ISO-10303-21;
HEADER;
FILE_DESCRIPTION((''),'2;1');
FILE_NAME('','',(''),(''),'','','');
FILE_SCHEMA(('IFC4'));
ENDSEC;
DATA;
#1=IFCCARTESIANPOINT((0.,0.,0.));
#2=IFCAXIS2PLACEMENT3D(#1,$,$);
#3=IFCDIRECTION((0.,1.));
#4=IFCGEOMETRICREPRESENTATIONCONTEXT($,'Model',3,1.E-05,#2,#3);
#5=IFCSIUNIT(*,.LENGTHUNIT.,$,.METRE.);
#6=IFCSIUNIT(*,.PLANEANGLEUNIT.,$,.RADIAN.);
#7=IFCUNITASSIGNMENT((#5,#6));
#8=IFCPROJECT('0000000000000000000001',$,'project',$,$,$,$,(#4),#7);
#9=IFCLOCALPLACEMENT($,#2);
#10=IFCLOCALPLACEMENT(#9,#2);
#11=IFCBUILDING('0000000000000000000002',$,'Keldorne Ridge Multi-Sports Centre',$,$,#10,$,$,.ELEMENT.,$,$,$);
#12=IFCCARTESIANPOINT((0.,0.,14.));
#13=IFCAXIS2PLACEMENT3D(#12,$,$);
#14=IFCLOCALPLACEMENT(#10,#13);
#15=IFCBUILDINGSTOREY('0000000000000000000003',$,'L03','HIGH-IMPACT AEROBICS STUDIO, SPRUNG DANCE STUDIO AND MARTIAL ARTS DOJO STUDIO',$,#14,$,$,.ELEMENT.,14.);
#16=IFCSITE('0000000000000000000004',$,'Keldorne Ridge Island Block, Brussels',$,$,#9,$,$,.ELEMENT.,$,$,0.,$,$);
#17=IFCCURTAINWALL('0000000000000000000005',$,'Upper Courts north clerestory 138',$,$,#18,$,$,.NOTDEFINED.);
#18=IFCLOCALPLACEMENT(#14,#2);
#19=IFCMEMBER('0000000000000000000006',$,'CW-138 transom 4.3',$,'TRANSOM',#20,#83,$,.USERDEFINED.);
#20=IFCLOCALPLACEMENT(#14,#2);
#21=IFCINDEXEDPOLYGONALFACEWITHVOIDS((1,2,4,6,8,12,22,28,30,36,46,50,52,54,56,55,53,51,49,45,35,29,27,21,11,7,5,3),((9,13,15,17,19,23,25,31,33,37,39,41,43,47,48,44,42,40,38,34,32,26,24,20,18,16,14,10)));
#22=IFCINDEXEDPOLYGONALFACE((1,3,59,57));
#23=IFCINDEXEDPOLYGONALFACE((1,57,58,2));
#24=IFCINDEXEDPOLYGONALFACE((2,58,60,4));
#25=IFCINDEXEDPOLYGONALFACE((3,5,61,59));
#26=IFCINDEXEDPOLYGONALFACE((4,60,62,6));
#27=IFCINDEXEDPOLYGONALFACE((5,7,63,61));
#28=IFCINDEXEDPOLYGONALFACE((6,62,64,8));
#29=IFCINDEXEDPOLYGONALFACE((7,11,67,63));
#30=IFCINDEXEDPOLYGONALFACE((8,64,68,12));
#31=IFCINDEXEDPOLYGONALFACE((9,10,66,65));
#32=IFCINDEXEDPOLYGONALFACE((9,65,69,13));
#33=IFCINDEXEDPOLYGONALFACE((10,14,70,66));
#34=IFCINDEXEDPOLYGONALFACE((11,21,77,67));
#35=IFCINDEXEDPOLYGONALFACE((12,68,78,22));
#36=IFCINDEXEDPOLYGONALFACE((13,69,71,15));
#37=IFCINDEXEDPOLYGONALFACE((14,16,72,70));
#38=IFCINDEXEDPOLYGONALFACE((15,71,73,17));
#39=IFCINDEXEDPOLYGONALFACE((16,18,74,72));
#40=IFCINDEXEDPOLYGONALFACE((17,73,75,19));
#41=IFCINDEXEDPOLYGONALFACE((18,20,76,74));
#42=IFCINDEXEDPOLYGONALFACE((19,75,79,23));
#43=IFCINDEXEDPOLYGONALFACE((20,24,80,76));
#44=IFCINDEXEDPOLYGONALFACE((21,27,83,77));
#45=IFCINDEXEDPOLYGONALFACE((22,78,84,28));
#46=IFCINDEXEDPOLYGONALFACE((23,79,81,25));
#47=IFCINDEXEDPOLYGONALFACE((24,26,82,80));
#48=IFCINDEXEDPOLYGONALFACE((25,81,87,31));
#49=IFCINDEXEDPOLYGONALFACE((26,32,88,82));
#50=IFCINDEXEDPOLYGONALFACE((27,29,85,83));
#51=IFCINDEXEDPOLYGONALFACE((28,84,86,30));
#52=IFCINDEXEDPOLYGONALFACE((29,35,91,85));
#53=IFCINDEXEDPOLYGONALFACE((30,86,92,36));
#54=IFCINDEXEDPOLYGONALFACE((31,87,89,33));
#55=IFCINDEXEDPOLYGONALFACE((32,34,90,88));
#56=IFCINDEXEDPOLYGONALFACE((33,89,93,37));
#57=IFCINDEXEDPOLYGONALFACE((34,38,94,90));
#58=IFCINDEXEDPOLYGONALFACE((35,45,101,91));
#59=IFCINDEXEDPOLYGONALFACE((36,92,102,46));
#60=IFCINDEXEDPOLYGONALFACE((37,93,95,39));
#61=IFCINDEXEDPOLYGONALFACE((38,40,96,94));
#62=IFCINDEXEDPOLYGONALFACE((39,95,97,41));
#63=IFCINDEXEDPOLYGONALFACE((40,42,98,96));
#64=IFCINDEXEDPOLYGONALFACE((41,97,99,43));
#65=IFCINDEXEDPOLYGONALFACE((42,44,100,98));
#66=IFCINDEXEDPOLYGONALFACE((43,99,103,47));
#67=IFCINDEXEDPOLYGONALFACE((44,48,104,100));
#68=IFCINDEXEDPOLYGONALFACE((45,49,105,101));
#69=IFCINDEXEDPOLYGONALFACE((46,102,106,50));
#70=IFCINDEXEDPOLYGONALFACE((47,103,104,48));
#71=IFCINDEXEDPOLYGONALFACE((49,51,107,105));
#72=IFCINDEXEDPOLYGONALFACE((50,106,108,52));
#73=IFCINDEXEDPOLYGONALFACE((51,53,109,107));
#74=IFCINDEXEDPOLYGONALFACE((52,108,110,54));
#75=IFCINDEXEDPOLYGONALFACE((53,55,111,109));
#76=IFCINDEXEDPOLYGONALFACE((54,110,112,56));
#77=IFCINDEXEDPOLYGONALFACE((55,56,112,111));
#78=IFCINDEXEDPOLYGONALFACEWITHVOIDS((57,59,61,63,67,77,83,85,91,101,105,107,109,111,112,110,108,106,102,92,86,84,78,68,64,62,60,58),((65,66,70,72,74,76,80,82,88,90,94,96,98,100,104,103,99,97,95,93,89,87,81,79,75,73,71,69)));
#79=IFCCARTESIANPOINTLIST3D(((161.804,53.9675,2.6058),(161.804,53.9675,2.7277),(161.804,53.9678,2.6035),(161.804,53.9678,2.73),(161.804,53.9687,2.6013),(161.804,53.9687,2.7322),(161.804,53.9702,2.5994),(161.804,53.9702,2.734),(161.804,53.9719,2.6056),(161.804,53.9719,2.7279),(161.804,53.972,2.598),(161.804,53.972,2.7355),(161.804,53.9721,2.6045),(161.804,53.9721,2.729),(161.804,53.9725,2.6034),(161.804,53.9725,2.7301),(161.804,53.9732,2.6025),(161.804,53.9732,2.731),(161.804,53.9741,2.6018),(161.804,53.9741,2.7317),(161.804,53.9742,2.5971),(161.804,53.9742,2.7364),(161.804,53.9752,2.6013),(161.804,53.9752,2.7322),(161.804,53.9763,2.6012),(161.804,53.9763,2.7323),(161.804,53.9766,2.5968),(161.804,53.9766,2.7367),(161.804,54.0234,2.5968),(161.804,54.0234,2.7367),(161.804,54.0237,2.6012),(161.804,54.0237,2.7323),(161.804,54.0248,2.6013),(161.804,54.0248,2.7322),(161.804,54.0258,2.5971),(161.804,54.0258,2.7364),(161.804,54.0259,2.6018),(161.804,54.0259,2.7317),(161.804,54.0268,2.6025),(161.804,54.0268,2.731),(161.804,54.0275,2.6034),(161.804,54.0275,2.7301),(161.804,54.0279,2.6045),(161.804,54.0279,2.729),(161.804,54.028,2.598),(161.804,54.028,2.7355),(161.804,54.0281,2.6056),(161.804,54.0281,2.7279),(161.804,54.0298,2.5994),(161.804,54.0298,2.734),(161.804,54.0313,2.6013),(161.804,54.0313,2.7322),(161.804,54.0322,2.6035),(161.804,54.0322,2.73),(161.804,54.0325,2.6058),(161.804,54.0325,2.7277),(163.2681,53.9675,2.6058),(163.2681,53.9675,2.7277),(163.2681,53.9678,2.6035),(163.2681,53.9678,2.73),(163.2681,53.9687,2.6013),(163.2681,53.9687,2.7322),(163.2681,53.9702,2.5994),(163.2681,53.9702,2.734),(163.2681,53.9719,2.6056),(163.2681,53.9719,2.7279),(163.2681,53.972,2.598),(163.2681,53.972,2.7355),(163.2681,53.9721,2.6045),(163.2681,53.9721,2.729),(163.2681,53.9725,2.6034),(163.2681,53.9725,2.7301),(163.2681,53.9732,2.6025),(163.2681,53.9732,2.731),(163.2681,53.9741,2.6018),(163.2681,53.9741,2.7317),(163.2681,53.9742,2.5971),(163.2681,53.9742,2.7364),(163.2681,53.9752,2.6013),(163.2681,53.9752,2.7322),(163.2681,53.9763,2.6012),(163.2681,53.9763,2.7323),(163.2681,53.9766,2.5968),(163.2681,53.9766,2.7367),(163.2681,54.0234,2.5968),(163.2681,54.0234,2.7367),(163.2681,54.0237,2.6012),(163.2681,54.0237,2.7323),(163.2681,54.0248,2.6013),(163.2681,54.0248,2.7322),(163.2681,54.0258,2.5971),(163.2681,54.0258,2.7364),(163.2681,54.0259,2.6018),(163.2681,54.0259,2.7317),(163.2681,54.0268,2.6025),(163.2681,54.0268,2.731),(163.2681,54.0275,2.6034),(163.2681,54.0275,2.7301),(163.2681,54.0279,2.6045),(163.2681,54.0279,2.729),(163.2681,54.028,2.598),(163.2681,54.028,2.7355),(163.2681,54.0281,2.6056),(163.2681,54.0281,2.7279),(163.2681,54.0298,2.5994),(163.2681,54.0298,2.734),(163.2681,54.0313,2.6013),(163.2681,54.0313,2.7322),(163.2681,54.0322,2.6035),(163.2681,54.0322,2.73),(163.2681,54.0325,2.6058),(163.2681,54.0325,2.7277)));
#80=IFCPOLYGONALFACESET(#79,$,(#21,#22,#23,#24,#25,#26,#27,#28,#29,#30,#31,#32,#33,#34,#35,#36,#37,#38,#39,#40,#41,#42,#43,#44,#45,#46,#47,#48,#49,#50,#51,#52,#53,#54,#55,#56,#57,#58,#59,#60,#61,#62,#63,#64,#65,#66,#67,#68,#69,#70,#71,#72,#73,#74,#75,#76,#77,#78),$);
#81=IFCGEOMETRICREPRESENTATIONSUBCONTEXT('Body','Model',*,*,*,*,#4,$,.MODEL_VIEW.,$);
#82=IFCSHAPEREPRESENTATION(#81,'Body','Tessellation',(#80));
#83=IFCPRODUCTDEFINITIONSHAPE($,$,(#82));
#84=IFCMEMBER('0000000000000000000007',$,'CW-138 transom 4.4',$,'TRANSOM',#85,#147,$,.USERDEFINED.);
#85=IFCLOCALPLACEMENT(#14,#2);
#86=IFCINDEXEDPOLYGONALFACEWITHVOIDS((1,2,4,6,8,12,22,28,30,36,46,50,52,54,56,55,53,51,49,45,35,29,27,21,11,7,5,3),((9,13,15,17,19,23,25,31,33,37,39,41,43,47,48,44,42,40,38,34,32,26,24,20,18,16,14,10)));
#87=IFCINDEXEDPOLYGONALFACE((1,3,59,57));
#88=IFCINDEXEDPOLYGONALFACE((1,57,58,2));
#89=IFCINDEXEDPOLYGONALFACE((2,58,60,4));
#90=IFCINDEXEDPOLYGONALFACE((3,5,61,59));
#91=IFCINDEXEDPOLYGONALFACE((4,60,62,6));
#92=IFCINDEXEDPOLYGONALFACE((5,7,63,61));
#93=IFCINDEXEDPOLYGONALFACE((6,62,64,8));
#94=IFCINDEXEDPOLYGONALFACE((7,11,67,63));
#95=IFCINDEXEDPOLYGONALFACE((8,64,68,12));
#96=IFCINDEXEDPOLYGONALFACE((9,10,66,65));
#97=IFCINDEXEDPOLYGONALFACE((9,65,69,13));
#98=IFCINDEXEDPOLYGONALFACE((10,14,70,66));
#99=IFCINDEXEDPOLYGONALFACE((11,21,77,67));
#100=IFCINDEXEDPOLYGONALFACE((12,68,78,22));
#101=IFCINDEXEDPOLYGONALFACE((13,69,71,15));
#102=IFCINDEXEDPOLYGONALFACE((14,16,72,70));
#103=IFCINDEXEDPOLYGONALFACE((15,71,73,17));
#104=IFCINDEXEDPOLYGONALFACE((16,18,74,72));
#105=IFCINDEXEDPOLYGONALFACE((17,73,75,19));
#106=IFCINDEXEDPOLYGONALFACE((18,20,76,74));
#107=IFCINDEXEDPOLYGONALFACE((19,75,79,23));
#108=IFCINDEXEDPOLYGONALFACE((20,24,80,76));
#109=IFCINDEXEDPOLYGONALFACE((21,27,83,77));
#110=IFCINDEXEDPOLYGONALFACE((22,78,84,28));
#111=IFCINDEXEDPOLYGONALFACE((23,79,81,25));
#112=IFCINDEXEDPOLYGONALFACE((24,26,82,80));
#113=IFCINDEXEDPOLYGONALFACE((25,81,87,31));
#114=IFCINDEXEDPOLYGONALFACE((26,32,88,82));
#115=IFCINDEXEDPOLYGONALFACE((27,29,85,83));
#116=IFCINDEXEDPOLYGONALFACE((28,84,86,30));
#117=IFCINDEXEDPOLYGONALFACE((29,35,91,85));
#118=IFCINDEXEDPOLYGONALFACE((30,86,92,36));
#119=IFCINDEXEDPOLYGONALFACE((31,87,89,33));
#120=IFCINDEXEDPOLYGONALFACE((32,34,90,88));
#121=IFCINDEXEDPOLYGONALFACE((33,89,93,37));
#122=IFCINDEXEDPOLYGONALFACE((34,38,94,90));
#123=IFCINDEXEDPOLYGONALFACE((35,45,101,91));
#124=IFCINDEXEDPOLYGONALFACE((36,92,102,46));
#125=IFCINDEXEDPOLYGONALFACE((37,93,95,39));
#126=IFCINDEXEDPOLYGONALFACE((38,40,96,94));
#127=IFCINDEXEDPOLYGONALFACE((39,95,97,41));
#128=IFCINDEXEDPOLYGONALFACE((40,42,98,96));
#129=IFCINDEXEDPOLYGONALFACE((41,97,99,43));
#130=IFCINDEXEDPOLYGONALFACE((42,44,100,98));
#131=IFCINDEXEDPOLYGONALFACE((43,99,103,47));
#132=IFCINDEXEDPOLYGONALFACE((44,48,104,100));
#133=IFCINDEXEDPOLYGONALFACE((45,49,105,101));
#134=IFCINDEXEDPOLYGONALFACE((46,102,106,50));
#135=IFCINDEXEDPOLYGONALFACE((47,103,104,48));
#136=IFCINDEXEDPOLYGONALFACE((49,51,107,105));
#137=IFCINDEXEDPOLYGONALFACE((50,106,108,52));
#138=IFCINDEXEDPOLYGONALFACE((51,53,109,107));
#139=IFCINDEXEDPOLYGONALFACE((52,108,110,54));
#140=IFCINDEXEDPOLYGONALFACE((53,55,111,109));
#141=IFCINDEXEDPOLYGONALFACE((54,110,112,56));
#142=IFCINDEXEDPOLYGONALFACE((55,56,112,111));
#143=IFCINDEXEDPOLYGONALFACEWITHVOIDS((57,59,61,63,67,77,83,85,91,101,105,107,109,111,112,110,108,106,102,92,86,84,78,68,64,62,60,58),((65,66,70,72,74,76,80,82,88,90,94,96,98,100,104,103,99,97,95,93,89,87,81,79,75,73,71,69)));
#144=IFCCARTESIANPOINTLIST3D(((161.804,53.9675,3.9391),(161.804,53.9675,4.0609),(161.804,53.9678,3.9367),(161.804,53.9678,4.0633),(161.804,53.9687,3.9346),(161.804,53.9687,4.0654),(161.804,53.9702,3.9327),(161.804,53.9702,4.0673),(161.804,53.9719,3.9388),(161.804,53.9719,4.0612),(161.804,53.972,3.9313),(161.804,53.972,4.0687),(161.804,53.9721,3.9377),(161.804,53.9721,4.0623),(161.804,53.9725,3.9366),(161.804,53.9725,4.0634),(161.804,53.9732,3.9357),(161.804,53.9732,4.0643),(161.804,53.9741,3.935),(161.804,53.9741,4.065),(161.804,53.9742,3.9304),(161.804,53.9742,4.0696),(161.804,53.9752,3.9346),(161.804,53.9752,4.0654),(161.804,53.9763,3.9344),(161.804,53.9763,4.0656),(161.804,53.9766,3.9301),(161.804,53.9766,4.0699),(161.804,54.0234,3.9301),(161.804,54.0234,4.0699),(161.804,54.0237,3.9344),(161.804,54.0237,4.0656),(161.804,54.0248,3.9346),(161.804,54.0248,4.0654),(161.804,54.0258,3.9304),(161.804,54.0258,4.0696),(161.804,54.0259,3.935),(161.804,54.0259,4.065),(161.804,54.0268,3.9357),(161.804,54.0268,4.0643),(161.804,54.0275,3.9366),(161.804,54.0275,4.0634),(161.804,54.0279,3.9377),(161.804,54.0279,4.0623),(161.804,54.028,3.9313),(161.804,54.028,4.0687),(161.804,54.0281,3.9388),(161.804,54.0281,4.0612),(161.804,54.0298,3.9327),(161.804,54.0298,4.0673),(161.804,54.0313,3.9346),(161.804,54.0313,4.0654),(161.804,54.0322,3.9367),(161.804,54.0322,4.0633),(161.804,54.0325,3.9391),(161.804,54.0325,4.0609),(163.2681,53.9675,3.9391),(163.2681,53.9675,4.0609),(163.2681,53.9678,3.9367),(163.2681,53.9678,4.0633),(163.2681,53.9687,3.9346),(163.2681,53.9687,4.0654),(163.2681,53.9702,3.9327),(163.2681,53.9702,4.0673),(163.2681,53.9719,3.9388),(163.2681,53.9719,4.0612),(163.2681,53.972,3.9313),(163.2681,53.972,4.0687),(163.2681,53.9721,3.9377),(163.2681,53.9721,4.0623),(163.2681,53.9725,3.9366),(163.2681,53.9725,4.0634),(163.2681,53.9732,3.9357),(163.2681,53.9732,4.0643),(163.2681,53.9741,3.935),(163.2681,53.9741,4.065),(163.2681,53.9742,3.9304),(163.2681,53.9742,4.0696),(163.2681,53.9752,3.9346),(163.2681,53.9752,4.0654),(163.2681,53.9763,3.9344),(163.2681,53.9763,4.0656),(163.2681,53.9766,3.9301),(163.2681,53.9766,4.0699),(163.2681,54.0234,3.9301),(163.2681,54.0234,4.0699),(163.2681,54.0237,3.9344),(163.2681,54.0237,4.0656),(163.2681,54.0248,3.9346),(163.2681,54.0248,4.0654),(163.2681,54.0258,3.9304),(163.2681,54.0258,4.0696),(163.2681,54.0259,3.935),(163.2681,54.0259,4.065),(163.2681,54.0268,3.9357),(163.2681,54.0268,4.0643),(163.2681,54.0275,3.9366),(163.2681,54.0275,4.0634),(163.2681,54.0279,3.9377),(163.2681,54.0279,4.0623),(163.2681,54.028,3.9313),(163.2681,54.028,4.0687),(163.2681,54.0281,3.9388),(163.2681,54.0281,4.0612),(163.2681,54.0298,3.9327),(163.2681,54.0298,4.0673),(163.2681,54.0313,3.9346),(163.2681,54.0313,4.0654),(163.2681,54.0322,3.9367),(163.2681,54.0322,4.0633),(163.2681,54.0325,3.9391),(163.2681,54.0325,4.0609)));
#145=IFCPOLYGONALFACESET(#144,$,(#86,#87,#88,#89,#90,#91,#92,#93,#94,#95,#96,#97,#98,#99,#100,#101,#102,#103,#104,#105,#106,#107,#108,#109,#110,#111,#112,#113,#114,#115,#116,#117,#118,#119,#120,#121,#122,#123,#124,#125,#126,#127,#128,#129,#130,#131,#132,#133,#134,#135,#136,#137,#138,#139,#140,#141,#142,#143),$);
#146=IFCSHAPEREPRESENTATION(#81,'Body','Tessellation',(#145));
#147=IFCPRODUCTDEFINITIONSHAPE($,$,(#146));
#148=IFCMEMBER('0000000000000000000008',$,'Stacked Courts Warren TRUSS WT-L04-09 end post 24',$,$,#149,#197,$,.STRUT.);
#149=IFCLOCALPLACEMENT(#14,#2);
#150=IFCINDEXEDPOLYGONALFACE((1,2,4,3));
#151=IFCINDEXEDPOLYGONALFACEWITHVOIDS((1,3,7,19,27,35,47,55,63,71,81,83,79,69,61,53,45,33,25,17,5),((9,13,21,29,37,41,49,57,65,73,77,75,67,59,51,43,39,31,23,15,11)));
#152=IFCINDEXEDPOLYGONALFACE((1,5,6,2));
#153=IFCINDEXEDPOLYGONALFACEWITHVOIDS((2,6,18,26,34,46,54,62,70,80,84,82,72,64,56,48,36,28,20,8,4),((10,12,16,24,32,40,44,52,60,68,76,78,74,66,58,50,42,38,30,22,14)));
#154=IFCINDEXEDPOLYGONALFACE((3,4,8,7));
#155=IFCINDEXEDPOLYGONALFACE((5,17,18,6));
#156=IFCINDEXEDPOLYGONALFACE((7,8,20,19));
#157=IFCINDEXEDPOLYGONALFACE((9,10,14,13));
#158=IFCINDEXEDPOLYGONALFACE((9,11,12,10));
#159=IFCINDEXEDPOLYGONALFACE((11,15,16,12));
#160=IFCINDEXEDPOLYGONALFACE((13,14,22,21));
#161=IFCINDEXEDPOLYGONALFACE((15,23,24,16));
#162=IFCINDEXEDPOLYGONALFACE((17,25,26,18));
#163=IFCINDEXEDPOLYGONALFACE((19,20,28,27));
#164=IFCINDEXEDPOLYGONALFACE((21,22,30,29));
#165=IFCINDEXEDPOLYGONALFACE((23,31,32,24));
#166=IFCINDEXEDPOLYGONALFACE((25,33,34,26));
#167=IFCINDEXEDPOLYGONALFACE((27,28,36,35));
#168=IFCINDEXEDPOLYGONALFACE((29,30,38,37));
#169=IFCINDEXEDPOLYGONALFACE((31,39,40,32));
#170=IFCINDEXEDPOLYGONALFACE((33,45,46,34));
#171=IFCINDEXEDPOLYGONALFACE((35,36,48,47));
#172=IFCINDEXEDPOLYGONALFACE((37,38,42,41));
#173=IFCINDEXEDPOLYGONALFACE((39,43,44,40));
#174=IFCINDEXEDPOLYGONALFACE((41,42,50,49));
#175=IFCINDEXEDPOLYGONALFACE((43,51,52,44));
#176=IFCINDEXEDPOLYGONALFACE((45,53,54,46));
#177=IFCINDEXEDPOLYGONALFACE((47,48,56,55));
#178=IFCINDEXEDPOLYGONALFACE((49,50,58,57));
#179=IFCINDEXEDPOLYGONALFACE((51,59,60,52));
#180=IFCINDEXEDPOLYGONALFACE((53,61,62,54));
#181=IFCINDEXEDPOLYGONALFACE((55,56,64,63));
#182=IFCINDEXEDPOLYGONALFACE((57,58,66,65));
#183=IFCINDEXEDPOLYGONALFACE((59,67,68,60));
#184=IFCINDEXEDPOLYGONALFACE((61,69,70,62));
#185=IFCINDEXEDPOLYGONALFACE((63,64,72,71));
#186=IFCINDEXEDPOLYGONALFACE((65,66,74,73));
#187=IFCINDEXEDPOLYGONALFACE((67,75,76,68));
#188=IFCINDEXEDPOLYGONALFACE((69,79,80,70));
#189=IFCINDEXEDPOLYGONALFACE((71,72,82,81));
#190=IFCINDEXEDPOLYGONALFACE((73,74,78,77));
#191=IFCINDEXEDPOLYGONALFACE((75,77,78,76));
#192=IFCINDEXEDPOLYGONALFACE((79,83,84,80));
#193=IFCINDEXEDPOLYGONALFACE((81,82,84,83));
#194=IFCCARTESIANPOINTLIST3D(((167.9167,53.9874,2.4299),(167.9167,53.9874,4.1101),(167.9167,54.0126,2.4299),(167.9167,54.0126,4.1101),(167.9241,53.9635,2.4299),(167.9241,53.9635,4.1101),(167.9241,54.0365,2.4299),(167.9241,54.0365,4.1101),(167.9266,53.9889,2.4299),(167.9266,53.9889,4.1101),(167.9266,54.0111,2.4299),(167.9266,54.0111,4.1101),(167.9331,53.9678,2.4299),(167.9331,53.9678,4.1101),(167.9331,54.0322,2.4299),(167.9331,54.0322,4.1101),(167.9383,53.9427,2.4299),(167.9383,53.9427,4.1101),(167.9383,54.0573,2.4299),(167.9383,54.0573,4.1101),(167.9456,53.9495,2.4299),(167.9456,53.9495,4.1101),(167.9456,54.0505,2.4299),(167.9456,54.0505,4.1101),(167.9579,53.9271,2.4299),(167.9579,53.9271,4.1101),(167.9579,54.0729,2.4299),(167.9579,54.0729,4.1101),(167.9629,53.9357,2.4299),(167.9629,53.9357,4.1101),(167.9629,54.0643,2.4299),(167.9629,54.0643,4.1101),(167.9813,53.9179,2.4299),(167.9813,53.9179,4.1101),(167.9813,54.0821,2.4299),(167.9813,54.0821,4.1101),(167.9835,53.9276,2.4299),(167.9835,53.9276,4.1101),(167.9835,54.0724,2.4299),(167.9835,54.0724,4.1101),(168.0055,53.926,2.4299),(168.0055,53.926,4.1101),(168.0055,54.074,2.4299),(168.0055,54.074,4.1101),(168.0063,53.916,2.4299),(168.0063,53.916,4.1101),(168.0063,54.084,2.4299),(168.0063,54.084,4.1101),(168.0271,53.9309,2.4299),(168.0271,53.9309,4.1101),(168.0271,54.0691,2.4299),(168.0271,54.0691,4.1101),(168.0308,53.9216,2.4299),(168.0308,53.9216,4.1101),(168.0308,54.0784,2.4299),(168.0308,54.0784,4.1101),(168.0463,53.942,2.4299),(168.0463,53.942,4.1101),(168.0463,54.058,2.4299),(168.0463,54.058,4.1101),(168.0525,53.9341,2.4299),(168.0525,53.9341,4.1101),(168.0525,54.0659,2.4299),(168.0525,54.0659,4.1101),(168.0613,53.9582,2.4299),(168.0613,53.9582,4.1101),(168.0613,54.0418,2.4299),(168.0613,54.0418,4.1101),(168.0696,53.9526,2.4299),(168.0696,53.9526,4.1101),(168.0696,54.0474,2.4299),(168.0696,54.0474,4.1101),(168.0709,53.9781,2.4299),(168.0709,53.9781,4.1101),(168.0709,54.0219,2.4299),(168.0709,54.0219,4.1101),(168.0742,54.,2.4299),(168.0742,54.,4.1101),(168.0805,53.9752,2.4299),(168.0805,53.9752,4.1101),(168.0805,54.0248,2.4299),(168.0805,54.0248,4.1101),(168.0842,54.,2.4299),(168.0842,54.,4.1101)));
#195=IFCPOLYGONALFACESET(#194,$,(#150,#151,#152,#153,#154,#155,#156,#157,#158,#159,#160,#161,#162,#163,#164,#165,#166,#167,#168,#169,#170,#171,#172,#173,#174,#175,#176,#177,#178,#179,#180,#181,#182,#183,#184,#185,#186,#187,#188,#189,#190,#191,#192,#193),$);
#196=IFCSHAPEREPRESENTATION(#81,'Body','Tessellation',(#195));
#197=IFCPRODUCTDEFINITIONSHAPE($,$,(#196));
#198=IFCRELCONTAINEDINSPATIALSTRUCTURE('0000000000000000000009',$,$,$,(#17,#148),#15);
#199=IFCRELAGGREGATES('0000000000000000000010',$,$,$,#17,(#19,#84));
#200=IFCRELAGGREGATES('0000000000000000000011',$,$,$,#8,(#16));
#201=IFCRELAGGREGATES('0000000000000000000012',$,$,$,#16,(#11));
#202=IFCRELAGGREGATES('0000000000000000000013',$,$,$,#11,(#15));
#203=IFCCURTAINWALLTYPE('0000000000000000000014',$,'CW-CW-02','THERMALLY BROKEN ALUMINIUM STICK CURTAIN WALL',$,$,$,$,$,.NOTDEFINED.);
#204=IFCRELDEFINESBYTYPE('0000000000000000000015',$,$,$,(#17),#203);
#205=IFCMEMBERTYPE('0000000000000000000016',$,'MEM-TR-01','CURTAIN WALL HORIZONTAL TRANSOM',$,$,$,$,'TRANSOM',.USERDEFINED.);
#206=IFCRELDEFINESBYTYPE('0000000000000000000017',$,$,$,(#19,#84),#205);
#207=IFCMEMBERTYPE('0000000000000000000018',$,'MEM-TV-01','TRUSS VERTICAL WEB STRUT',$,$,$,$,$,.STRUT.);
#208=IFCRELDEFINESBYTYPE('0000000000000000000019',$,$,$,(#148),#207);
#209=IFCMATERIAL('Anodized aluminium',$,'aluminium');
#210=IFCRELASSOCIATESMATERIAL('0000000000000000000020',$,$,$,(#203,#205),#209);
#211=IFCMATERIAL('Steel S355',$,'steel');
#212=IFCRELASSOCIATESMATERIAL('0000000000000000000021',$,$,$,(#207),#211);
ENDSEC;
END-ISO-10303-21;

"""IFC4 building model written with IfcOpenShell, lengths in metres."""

from ifc_helpers import new_model, si_unit, direction, frame, origin, origin_2d, place, context, subcontext, project, spatial, hollow_rectangle, hollow_circle, extrude, material, material_profile, profile_set, type_object, element, aggregate, save


model = new_model("IFC4")

# Units and contexts
model_context = context("Model", 3, precision=1e-05, world=origin(), true_north=direction((0.0, 1.0)))
body_context = subcontext(model_context, "Body", "Model", "MODEL_VIEW")
ifc_project = project(units=[si_unit("LENGTHUNIT", "METRE"), si_unit("PLANEANGLEUNIT", "RADIAN")], contexts=[model_context])

# Site, building, storey
site_placement = place(None, origin())
site = spatial("IfcSite", under=ifc_project, at=site_placement, Name="Keldorne Ridge Island Block, Brussels", CompositionType="ELEMENT", RefElevation=0.0)
building_placement = place(site_placement, origin())
building = spatial("IfcBuilding", under=site, at=building_placement, Name="Keldorne Ridge Multi-Sports Centre", CompositionType="ELEMENT")
storey_placement = place(building_placement, frame((0.0, 0.0, 14.0)))
storey = spatial("IfcBuildingStorey", under=building, at=storey_placement, Name="L03", Description="HIGH-IMPACT AEROBICS STUDIO, SPRUNG DANCE STUDIO AND MARTIAL ARTS DOJO STUDIO", CompositionType="ELEMENT", Elevation=14.0)

# Shared definitions
ifc_material_1 = material(Name="Steel S355", Category="steel")

# Curtain wall, members
ifc_material_2 = material(Name="Anodized aluminium", Category="aluminium")
curtain_wall_type = type_object("IfcCurtainWallType", Name="CW-CW-02", Description="THERMALLY BROKEN ALUMINIUM STICK CURTAIN WALL", PredefinedType="NOTDEFINED", material=ifc_material_2)
curtain_wall_placement = place(storey_placement, origin())
curtain_wall = element("IfcCurtainWall", 1, at=curtain_wall_placement, inside=storey, type_object=curtain_wall_type, Name="Upper Courts north clerestory 138", PredefinedType="NOTDEFINED")
ifc_material_profile_1 = material_profile(ifc_material_2, hollow_rectangle(XDim=0.0649, YDim=0.1399, WallThickness=0.0044, InnerFilletRadius=0.0044, OuterFilletRadius=0.009, at=origin_2d()), Name="ALU TRANSOM 140x65x4.5")
ifc_profile_set_1 = profile_set([ifc_material_profile_1], Name="Anodized aluminium")
member_type_1 = type_object("IfcMemberType", Name="MEM-TR-01", Description="CURTAIN WALL HORIZONTAL TRANSOM", ElementType="TRANSOM", PredefinedType="USERDEFINED", material=ifc_profile_set_1)
member_1_placement = place(storey_placement, frame((163.2681, 54.0, 2.6667), z_axis=(-1.0, 0.0, 0.0), x_axis=(0.0, -1.0, 0.0)))
member_1 = element("IfcMember", 2, at=member_1_placement, type_object=member_type_1, Name="CW-138 transom 4.3", ObjectType="TRANSOM", PredefinedType="USERDEFINED", context=body_context, shape_type="SweptSolid", body=[
    extrude(hollow_rectangle(XDim=0.0649, YDim=0.1399, WallThickness=0.0044, InnerFilletRadius=0.0044, OuterFilletRadius=0.009, at=origin_2d()), origin(), (0.0, 0.0, 1.0), 1.4641),
])
member_2_placement = place(storey_placement, frame((163.2681, 54.0, 4.0), z_axis=(-1.0, 0.0, 0.0), x_axis=(0.0, -1.0, 0.0)))
member_2 = element("IfcMember", 3, at=member_2_placement, type_object=member_type_1, Name="CW-138 transom 4.4", ObjectType="TRANSOM", PredefinedType="USERDEFINED", context=body_context, shape_type="SweptSolid", body=[
    extrude(hollow_rectangle(XDim=0.0649, YDim=0.1399, WallThickness=0.0044, InnerFilletRadius=0.0044, OuterFilletRadius=0.009, at=origin_2d()), origin(), (0.0, 0.0, 1.0), 1.4641),
])

# Member
ifc_material_profile_2 = material_profile(ifc_material_1, hollow_circle(Radius=0.0842, WallThickness=0.01, at=origin_2d()), Name="CHS 168.3x10")
ifc_profile_set_2 = profile_set([ifc_material_profile_2], Name="Steel S355")
member_type_2 = type_object("IfcMemberType", Name="MEM-TV-01", Description="TRUSS VERTICAL WEB STRUT", PredefinedType="STRUT", material=ifc_profile_set_2)
member_3_placement = place(storey_placement, frame((168.0, 54.0, 2.4299), z_axis=(0.0, 0.0, 1.0), x_axis=(1.0, 0.0, 0.0)))
element("IfcMember", 4, at=member_3_placement, inside=storey, type_object=member_type_2, Name="Stacked Courts Warren TRUSS WT-L04-09 end post 24", PredefinedType="STRUT", context=body_context, shape_type="SweptSolid", body=[
    extrude(hollow_circle(Radius=0.0842, WallThickness=0.01, at=origin_2d()), origin(), (0.0, 0.0, 1.0), 1.6802),
])

aggregate(curtain_wall, [member_1, member_2])

save(model, "model.ifc")
